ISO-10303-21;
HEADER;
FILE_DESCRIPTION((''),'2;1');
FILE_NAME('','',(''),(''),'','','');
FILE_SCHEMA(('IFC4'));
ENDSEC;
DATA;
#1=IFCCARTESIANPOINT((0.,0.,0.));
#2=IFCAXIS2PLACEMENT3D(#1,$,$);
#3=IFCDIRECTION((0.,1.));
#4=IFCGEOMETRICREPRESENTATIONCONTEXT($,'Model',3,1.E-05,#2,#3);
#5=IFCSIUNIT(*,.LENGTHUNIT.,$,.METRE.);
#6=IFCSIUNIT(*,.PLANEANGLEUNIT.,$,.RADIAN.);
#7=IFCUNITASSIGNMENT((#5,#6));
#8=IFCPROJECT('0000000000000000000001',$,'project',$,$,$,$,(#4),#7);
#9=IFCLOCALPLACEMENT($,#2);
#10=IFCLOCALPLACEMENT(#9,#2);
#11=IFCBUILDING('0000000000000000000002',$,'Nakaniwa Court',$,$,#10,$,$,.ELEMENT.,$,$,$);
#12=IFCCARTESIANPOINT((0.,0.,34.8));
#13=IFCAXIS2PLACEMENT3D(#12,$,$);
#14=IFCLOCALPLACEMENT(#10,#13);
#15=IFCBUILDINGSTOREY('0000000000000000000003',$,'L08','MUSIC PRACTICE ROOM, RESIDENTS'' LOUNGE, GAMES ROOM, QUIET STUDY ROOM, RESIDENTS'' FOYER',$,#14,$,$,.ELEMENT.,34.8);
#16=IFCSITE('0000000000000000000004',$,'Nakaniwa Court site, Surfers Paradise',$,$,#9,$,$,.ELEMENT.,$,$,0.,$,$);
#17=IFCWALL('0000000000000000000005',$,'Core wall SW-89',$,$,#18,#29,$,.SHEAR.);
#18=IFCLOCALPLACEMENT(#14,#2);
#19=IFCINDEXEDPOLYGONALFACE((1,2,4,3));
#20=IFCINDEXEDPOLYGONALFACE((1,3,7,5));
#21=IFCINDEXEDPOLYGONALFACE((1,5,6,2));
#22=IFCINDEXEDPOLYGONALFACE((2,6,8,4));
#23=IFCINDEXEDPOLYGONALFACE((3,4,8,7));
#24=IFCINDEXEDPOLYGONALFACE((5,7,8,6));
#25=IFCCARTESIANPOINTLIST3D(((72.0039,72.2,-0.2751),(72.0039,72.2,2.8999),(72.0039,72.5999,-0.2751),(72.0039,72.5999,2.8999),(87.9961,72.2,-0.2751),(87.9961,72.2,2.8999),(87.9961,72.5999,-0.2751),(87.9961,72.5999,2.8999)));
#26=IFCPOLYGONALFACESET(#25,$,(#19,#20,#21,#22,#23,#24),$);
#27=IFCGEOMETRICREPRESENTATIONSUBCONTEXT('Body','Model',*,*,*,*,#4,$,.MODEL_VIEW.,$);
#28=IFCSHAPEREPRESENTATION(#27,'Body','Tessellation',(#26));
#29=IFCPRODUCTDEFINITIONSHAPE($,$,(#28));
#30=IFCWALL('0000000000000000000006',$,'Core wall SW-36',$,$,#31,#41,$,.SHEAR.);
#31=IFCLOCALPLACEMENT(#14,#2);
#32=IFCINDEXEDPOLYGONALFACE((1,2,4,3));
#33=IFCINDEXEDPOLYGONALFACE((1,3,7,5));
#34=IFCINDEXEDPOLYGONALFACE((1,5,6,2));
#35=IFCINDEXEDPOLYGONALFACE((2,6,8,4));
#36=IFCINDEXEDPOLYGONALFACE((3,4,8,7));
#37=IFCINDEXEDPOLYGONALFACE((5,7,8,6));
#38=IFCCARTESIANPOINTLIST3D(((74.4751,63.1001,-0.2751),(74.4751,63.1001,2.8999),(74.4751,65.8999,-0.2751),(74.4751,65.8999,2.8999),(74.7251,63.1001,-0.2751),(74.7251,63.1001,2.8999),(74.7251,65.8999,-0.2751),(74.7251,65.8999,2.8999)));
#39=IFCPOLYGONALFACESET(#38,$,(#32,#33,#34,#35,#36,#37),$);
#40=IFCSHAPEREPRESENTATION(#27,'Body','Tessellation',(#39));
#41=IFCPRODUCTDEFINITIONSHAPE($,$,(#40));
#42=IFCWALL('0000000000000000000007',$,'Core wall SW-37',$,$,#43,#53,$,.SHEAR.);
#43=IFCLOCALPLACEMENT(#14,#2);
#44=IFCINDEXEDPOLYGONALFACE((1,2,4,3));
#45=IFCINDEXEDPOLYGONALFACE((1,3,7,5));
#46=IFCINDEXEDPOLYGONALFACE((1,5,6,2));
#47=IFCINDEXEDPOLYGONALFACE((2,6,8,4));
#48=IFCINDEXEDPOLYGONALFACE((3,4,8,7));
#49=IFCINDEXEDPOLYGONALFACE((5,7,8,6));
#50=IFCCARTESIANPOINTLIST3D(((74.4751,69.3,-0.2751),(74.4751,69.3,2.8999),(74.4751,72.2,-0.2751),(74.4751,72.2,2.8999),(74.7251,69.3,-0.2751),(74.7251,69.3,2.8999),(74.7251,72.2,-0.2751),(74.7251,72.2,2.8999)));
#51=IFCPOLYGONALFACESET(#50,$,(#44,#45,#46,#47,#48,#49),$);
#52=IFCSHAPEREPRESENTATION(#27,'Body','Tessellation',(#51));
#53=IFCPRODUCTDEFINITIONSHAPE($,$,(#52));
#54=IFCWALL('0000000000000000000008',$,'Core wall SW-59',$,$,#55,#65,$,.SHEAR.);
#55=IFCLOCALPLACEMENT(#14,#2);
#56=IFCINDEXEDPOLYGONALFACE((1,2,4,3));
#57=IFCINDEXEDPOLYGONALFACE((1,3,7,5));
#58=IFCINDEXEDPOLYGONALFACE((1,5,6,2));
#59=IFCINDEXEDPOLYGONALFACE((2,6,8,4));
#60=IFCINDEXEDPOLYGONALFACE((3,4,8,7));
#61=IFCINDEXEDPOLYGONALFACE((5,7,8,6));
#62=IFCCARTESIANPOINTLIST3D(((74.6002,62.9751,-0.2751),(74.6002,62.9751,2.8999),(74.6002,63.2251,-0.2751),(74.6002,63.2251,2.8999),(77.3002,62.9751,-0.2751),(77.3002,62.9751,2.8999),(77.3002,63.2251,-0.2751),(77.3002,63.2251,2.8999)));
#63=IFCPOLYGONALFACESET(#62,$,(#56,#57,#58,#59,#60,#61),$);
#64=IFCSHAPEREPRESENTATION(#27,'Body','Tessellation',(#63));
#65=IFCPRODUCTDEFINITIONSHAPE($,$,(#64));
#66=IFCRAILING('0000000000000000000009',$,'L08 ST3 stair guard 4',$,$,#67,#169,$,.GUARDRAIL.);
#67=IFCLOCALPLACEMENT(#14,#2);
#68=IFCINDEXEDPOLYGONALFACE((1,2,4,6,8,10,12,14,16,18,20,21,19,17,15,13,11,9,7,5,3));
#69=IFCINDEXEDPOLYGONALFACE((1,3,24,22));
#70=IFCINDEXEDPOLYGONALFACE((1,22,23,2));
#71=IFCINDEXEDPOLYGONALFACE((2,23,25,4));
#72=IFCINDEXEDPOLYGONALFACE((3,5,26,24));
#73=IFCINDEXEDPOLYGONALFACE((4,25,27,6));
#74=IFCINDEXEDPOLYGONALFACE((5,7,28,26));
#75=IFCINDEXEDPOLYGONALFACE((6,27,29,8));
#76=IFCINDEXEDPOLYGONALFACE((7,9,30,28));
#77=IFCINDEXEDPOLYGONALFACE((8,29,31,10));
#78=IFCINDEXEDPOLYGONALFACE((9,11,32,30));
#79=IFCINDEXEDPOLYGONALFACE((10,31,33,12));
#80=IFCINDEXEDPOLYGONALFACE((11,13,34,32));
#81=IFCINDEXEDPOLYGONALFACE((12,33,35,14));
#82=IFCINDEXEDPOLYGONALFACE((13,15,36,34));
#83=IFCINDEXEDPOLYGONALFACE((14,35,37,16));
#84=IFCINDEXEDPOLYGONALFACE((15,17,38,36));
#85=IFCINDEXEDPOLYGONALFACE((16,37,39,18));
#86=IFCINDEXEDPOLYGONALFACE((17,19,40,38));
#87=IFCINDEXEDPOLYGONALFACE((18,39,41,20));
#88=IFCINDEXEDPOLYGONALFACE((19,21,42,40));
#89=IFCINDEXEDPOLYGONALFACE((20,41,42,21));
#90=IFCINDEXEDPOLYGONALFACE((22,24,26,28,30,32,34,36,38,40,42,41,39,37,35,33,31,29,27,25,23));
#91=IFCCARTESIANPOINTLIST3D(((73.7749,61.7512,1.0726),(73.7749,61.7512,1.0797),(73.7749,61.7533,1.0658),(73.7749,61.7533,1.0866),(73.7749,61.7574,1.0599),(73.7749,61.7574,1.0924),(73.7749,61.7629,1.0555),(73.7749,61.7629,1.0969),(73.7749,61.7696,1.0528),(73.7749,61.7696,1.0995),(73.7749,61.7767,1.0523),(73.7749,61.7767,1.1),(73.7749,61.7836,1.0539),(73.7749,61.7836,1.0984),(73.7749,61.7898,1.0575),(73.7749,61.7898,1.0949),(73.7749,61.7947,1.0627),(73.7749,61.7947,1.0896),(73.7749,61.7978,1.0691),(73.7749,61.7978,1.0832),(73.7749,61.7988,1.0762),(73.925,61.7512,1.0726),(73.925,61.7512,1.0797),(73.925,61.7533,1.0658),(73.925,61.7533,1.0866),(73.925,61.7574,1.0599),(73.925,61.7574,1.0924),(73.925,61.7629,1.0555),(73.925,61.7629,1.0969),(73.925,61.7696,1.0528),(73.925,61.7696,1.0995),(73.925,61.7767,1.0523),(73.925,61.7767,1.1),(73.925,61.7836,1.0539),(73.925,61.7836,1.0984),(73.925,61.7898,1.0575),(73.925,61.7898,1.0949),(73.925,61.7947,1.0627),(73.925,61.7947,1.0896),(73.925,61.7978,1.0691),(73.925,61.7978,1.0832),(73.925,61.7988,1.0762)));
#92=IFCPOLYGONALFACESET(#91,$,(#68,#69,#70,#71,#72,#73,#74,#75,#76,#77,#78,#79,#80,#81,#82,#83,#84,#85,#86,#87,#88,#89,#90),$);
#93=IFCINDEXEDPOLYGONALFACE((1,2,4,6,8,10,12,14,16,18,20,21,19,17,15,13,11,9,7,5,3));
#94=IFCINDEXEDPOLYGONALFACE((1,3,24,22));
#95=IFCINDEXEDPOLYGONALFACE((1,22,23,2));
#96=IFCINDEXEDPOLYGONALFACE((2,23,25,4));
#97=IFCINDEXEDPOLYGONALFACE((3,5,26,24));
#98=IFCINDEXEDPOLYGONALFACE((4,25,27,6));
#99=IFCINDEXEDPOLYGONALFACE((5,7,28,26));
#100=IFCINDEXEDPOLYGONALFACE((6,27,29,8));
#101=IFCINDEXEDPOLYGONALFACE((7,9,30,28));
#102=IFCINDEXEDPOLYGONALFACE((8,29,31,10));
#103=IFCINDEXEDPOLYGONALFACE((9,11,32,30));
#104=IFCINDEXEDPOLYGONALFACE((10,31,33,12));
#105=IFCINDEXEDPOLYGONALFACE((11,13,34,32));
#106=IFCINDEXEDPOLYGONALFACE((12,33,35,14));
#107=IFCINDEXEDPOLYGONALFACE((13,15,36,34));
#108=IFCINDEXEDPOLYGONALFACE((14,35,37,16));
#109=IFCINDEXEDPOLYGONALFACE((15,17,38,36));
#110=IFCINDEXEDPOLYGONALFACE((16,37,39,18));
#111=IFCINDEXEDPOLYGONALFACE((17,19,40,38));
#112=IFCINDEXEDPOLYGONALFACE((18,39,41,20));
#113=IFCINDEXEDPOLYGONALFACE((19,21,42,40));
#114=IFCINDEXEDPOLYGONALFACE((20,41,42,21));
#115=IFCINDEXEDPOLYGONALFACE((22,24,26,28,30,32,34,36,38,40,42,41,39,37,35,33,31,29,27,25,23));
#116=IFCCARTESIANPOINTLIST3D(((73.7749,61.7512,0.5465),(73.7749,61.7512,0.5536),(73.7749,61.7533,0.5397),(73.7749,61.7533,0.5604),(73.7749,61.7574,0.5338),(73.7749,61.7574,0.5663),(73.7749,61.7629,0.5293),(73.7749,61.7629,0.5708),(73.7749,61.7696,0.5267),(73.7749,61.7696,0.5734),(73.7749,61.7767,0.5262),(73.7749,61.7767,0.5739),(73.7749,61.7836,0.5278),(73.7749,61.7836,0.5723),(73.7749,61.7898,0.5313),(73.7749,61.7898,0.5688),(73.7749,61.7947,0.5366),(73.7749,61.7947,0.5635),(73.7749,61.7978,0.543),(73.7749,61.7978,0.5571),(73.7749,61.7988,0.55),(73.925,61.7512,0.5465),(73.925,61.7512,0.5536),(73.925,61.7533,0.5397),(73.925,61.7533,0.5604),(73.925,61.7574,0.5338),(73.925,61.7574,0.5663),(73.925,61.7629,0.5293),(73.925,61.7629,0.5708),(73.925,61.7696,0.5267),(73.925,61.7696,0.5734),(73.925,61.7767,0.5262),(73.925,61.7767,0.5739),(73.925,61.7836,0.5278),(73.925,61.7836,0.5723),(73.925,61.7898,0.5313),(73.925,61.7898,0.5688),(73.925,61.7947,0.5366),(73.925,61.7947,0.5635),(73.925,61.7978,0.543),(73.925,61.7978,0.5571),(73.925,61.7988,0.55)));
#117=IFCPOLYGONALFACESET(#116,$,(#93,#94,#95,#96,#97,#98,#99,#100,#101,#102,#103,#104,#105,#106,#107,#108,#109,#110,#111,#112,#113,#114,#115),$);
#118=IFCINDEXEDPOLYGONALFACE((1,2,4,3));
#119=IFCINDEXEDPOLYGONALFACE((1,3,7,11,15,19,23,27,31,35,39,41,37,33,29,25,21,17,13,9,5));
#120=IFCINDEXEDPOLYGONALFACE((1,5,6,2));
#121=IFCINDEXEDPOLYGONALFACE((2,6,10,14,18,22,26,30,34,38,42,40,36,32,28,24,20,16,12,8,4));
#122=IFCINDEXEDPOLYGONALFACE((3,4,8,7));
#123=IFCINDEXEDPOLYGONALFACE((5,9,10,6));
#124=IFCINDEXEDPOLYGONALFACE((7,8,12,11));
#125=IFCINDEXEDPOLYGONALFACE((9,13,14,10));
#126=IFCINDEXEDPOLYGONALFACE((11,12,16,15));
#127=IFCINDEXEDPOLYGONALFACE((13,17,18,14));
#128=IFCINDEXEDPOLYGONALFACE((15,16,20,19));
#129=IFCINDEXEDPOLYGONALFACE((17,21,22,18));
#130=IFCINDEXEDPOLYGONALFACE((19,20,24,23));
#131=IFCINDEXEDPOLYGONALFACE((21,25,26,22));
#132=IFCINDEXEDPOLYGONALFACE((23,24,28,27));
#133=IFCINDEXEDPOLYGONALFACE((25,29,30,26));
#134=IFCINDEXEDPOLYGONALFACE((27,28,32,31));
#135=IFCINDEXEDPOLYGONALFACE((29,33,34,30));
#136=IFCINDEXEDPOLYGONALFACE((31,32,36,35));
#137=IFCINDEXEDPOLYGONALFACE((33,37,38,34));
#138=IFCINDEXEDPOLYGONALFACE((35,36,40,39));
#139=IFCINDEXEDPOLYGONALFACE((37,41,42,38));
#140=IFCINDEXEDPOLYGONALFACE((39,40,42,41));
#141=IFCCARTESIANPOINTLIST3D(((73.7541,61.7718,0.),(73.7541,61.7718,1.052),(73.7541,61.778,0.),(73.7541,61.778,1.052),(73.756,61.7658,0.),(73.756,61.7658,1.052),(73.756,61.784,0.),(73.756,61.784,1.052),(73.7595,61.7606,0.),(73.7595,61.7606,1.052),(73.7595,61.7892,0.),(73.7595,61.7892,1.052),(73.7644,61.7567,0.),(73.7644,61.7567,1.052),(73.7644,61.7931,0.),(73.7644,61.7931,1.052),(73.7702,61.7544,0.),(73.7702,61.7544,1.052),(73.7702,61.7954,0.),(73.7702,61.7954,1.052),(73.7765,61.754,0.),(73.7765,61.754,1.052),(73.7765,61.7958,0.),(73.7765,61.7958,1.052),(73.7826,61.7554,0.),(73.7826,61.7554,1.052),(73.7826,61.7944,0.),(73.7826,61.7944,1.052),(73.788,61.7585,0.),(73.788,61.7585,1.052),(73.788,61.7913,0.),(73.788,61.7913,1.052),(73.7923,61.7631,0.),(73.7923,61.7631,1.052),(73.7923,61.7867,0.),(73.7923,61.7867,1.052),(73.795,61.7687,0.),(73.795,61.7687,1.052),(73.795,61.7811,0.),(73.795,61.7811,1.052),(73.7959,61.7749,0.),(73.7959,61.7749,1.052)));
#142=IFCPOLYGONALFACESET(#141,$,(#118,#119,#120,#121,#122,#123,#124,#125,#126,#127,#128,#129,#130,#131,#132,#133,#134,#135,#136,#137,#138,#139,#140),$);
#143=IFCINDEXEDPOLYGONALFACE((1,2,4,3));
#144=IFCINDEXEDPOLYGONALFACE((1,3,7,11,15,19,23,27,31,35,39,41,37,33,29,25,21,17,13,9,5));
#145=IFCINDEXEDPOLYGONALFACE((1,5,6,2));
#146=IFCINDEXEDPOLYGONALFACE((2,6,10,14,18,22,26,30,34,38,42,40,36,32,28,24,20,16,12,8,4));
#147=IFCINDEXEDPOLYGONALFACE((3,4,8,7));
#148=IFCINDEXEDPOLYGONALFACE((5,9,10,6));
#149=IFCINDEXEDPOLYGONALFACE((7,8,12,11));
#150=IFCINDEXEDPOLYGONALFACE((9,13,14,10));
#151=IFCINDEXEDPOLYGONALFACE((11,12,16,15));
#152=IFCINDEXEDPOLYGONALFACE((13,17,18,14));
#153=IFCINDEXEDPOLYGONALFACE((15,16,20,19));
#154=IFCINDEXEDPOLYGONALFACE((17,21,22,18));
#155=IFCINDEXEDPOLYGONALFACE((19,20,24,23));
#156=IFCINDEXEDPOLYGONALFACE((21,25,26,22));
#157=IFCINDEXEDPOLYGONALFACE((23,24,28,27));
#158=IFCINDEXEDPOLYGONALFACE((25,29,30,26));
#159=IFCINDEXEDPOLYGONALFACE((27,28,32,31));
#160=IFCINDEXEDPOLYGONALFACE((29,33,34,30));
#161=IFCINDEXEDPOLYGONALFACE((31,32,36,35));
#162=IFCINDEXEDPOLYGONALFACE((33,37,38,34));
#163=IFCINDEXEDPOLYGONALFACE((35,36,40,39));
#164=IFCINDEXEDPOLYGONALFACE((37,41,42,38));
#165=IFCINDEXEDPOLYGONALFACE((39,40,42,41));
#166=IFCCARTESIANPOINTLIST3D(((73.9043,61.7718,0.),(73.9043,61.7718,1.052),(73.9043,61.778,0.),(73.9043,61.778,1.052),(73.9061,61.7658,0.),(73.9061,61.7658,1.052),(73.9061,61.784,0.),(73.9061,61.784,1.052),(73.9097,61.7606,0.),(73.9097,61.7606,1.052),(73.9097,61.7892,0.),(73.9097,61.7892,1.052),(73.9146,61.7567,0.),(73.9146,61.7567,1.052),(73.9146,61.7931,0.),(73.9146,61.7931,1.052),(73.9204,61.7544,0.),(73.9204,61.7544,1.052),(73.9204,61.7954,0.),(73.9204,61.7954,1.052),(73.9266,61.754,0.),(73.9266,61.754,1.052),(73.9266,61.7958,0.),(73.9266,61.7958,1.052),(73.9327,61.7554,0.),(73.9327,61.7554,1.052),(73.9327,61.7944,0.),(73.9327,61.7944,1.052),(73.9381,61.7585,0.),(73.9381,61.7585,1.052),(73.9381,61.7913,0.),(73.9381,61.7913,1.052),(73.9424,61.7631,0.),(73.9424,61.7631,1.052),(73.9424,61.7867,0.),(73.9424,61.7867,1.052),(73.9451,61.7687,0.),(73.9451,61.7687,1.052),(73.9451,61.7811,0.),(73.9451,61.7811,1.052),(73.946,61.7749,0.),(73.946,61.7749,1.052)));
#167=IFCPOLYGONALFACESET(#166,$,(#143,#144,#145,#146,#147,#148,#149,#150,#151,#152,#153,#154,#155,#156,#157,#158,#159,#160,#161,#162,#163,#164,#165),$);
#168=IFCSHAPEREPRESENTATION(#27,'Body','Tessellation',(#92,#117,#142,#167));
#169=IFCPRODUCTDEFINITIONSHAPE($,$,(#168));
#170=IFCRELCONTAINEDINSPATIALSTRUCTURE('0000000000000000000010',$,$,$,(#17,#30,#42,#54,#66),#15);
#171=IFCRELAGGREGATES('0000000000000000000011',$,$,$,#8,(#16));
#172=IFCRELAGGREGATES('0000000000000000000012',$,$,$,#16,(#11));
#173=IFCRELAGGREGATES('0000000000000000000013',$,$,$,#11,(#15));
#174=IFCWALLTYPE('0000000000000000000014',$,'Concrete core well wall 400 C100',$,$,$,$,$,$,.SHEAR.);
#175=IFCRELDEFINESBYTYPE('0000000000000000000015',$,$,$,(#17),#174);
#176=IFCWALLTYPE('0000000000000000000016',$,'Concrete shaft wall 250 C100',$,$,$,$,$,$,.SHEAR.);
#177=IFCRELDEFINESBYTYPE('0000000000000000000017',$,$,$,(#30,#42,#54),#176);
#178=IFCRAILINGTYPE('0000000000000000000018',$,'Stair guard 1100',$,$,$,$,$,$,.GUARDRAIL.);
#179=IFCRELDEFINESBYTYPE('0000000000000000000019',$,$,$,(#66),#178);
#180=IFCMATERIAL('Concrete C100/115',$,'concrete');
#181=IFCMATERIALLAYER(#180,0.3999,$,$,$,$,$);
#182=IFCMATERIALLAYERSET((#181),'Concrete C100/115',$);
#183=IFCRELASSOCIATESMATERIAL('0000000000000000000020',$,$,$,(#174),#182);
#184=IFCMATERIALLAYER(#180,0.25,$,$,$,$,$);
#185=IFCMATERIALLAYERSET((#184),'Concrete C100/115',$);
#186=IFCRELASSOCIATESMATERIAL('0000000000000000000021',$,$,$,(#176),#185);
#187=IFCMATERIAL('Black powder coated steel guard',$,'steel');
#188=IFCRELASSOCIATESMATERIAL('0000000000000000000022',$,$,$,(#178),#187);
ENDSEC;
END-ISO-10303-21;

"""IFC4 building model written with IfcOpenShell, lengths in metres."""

from ifc_helpers import new_model, si_unit, direction, frame, frame_2d, origin, origin_2d, place, context, subcontext, project, spatial, rectangle, circle, extrude, material, layer, layer_set, type_object, element, save


model = new_model("IFC4")

# Units and contexts
model_context = context("Model", 3, precision=1e-05, world=origin(), true_north=direction((0.0, 1.0)))
body_context = subcontext(model_context, "Body", "Model", "MODEL_VIEW")
ifc_project = project(units=[si_unit("LENGTHUNIT", "METRE"), si_unit("PLANEANGLEUNIT", "RADIAN")], contexts=[model_context])

# Site, building, storey
site_placement = place(None, origin())
site = spatial("IfcSite", under=ifc_project, at=site_placement, Name="Nakaniwa Court site, Surfers Paradise", CompositionType="ELEMENT", RefElevation=0.0)
building_placement = place(site_placement, origin())
building = spatial("IfcBuilding", under=site, at=building_placement, Name="Nakaniwa Court", CompositionType="ELEMENT")
storey_placement = place(building_placement, frame((0.0, 0.0, 34.8)))
storey = spatial("IfcBuildingStorey", under=building, at=storey_placement, Name="L08", Description="MUSIC PRACTICE ROOM, RESIDENTS' LOUNGE, GAMES ROOM, QUIET STUDY ROOM, RESIDENTS' FOYER", CompositionType="ELEMENT", Elevation=34.8)

# Shared definitions
ifc_material_1 = material(Name="Concrete C100/115", Category="concrete")

# Walls
ifc_layer_1 = layer(ifc_material_1, 0.3999)
ifc_layer_set_1 = layer_set([ifc_layer_1], Name="Concrete C100/115")
wall_type_1 = type_object("IfcWallType", Name="Concrete core well wall 400 C100", PredefinedType="SHEAR", material=ifc_layer_set_1)
wall_1_placement = place(storey_placement, frame((72.0039, 72.3999, -0.2751), z_axis=(0.0, 0.0, 1.0), x_axis=(1.0, 0.0, 0.0)))
element("IfcWall", 1, at=wall_1_placement, inside=storey, type_object=wall_type_1, Name="Core wall SW-89", PredefinedType="SHEAR", context=body_context, shape_type="SweptSolid", body=[
    extrude(rectangle(XDim=15.9922, YDim=0.3999, at=frame_2d((7.9961, 0.0))), origin(), (0.0, 0.0, 1.0), 3.175),
])
ifc_layer_2 = layer(ifc_material_1, 0.25)
ifc_layer_set_2 = layer_set([ifc_layer_2], Name="Concrete C100/115")
wall_type_2 = type_object("IfcWallType", Name="Concrete shaft wall 250 C100", PredefinedType="SHEAR", material=ifc_layer_set_2)
wall_2_placement = place(storey_placement, frame((74.6001, 63.1001, -0.2751), z_axis=(0.0, 0.0, 1.0), x_axis=(0.0, 1.0, 0.0)))
element("IfcWall", 2, at=wall_2_placement, inside=storey, type_object=wall_type_2, Name="Core wall SW-36", PredefinedType="SHEAR", context=body_context, shape_type="SweptSolid", body=[
    extrude(rectangle(XDim=2.7998, YDim=0.25, at=frame_2d((1.3999, 0.0))), origin(), (0.0, 0.0, 1.0), 3.175),
])
wall_3_placement = place(storey_placement, frame((74.6001, 69.3, -0.2751), z_axis=(0.0, 0.0, 1.0), x_axis=(0.0, 1.0, 0.0)))
element("IfcWall", 3, at=wall_3_placement, inside=storey, type_object=wall_type_2, Name="Core wall SW-37", PredefinedType="SHEAR", context=body_context, shape_type="SweptSolid", body=[
    extrude(rectangle(XDim=2.8999, YDim=0.25, at=frame_2d((1.45, 0.0))), origin(), (0.0, 0.0, 1.0), 3.175),
])
wall_4_placement = place(storey_placement, frame((74.6001, 63.1001, -0.2751), z_axis=(0.0, 0.0, 1.0), x_axis=(1.0, 0.0, 0.0)))
element("IfcWall", 4, at=wall_4_placement, inside=storey, type_object=wall_type_2, Name="Core wall SW-59", PredefinedType="SHEAR", context=body_context, shape_type="SweptSolid", body=[
    extrude(rectangle(XDim=2.7, YDim=0.25, at=frame_2d((1.3501, 0.0))), origin(), (0.0, 0.0, 1.0), 3.175),
])

# Railing
ifc_material_2 = material(Name="Black powder coated steel guard", Category="steel")
railing_type = type_object("IfcRailingType", Name="Stair guard 1100", PredefinedType="GUARDRAIL", material=ifc_material_2)
railing_1_placement = place(storey_placement, frame((73.7749, 61.7749, 0.0)))
element("IfcRailing", 5, at=railing_1_placement, inside=storey, type_object=railing_type, Name="L08 ST3 stair guard 4", PredefinedType="GUARDRAIL", context=body_context, shape_type="SweptSolid", body=[
    extrude(circle(Radius=0.0239, at=origin_2d()), frame((0.0, 0.0, 1.0762), z_axis=(1.0, 0.0, 0.0), x_axis=(0.0, 1.0, 0.0)), (0.0, 0.0, 1.0), 0.1501),
    extrude(circle(Radius=0.0239, at=origin_2d()), frame((0.0, 0.0, 0.55), z_axis=(1.0, 0.0, 0.0), x_axis=(0.0, 1.0, 0.0)), (0.0, 0.0, 1.0), 0.1501),
    extrude(circle(Radius=0.021, at=origin_2d()), origin(), (0.0, 0.0, 1.0), 1.052),
    extrude(circle(Radius=0.021, at=origin_2d()), frame((0.1501, 0.0, 0.0)), (0.0, 0.0, 1.0), 1.052),
])

save(model, "model.ifc")
